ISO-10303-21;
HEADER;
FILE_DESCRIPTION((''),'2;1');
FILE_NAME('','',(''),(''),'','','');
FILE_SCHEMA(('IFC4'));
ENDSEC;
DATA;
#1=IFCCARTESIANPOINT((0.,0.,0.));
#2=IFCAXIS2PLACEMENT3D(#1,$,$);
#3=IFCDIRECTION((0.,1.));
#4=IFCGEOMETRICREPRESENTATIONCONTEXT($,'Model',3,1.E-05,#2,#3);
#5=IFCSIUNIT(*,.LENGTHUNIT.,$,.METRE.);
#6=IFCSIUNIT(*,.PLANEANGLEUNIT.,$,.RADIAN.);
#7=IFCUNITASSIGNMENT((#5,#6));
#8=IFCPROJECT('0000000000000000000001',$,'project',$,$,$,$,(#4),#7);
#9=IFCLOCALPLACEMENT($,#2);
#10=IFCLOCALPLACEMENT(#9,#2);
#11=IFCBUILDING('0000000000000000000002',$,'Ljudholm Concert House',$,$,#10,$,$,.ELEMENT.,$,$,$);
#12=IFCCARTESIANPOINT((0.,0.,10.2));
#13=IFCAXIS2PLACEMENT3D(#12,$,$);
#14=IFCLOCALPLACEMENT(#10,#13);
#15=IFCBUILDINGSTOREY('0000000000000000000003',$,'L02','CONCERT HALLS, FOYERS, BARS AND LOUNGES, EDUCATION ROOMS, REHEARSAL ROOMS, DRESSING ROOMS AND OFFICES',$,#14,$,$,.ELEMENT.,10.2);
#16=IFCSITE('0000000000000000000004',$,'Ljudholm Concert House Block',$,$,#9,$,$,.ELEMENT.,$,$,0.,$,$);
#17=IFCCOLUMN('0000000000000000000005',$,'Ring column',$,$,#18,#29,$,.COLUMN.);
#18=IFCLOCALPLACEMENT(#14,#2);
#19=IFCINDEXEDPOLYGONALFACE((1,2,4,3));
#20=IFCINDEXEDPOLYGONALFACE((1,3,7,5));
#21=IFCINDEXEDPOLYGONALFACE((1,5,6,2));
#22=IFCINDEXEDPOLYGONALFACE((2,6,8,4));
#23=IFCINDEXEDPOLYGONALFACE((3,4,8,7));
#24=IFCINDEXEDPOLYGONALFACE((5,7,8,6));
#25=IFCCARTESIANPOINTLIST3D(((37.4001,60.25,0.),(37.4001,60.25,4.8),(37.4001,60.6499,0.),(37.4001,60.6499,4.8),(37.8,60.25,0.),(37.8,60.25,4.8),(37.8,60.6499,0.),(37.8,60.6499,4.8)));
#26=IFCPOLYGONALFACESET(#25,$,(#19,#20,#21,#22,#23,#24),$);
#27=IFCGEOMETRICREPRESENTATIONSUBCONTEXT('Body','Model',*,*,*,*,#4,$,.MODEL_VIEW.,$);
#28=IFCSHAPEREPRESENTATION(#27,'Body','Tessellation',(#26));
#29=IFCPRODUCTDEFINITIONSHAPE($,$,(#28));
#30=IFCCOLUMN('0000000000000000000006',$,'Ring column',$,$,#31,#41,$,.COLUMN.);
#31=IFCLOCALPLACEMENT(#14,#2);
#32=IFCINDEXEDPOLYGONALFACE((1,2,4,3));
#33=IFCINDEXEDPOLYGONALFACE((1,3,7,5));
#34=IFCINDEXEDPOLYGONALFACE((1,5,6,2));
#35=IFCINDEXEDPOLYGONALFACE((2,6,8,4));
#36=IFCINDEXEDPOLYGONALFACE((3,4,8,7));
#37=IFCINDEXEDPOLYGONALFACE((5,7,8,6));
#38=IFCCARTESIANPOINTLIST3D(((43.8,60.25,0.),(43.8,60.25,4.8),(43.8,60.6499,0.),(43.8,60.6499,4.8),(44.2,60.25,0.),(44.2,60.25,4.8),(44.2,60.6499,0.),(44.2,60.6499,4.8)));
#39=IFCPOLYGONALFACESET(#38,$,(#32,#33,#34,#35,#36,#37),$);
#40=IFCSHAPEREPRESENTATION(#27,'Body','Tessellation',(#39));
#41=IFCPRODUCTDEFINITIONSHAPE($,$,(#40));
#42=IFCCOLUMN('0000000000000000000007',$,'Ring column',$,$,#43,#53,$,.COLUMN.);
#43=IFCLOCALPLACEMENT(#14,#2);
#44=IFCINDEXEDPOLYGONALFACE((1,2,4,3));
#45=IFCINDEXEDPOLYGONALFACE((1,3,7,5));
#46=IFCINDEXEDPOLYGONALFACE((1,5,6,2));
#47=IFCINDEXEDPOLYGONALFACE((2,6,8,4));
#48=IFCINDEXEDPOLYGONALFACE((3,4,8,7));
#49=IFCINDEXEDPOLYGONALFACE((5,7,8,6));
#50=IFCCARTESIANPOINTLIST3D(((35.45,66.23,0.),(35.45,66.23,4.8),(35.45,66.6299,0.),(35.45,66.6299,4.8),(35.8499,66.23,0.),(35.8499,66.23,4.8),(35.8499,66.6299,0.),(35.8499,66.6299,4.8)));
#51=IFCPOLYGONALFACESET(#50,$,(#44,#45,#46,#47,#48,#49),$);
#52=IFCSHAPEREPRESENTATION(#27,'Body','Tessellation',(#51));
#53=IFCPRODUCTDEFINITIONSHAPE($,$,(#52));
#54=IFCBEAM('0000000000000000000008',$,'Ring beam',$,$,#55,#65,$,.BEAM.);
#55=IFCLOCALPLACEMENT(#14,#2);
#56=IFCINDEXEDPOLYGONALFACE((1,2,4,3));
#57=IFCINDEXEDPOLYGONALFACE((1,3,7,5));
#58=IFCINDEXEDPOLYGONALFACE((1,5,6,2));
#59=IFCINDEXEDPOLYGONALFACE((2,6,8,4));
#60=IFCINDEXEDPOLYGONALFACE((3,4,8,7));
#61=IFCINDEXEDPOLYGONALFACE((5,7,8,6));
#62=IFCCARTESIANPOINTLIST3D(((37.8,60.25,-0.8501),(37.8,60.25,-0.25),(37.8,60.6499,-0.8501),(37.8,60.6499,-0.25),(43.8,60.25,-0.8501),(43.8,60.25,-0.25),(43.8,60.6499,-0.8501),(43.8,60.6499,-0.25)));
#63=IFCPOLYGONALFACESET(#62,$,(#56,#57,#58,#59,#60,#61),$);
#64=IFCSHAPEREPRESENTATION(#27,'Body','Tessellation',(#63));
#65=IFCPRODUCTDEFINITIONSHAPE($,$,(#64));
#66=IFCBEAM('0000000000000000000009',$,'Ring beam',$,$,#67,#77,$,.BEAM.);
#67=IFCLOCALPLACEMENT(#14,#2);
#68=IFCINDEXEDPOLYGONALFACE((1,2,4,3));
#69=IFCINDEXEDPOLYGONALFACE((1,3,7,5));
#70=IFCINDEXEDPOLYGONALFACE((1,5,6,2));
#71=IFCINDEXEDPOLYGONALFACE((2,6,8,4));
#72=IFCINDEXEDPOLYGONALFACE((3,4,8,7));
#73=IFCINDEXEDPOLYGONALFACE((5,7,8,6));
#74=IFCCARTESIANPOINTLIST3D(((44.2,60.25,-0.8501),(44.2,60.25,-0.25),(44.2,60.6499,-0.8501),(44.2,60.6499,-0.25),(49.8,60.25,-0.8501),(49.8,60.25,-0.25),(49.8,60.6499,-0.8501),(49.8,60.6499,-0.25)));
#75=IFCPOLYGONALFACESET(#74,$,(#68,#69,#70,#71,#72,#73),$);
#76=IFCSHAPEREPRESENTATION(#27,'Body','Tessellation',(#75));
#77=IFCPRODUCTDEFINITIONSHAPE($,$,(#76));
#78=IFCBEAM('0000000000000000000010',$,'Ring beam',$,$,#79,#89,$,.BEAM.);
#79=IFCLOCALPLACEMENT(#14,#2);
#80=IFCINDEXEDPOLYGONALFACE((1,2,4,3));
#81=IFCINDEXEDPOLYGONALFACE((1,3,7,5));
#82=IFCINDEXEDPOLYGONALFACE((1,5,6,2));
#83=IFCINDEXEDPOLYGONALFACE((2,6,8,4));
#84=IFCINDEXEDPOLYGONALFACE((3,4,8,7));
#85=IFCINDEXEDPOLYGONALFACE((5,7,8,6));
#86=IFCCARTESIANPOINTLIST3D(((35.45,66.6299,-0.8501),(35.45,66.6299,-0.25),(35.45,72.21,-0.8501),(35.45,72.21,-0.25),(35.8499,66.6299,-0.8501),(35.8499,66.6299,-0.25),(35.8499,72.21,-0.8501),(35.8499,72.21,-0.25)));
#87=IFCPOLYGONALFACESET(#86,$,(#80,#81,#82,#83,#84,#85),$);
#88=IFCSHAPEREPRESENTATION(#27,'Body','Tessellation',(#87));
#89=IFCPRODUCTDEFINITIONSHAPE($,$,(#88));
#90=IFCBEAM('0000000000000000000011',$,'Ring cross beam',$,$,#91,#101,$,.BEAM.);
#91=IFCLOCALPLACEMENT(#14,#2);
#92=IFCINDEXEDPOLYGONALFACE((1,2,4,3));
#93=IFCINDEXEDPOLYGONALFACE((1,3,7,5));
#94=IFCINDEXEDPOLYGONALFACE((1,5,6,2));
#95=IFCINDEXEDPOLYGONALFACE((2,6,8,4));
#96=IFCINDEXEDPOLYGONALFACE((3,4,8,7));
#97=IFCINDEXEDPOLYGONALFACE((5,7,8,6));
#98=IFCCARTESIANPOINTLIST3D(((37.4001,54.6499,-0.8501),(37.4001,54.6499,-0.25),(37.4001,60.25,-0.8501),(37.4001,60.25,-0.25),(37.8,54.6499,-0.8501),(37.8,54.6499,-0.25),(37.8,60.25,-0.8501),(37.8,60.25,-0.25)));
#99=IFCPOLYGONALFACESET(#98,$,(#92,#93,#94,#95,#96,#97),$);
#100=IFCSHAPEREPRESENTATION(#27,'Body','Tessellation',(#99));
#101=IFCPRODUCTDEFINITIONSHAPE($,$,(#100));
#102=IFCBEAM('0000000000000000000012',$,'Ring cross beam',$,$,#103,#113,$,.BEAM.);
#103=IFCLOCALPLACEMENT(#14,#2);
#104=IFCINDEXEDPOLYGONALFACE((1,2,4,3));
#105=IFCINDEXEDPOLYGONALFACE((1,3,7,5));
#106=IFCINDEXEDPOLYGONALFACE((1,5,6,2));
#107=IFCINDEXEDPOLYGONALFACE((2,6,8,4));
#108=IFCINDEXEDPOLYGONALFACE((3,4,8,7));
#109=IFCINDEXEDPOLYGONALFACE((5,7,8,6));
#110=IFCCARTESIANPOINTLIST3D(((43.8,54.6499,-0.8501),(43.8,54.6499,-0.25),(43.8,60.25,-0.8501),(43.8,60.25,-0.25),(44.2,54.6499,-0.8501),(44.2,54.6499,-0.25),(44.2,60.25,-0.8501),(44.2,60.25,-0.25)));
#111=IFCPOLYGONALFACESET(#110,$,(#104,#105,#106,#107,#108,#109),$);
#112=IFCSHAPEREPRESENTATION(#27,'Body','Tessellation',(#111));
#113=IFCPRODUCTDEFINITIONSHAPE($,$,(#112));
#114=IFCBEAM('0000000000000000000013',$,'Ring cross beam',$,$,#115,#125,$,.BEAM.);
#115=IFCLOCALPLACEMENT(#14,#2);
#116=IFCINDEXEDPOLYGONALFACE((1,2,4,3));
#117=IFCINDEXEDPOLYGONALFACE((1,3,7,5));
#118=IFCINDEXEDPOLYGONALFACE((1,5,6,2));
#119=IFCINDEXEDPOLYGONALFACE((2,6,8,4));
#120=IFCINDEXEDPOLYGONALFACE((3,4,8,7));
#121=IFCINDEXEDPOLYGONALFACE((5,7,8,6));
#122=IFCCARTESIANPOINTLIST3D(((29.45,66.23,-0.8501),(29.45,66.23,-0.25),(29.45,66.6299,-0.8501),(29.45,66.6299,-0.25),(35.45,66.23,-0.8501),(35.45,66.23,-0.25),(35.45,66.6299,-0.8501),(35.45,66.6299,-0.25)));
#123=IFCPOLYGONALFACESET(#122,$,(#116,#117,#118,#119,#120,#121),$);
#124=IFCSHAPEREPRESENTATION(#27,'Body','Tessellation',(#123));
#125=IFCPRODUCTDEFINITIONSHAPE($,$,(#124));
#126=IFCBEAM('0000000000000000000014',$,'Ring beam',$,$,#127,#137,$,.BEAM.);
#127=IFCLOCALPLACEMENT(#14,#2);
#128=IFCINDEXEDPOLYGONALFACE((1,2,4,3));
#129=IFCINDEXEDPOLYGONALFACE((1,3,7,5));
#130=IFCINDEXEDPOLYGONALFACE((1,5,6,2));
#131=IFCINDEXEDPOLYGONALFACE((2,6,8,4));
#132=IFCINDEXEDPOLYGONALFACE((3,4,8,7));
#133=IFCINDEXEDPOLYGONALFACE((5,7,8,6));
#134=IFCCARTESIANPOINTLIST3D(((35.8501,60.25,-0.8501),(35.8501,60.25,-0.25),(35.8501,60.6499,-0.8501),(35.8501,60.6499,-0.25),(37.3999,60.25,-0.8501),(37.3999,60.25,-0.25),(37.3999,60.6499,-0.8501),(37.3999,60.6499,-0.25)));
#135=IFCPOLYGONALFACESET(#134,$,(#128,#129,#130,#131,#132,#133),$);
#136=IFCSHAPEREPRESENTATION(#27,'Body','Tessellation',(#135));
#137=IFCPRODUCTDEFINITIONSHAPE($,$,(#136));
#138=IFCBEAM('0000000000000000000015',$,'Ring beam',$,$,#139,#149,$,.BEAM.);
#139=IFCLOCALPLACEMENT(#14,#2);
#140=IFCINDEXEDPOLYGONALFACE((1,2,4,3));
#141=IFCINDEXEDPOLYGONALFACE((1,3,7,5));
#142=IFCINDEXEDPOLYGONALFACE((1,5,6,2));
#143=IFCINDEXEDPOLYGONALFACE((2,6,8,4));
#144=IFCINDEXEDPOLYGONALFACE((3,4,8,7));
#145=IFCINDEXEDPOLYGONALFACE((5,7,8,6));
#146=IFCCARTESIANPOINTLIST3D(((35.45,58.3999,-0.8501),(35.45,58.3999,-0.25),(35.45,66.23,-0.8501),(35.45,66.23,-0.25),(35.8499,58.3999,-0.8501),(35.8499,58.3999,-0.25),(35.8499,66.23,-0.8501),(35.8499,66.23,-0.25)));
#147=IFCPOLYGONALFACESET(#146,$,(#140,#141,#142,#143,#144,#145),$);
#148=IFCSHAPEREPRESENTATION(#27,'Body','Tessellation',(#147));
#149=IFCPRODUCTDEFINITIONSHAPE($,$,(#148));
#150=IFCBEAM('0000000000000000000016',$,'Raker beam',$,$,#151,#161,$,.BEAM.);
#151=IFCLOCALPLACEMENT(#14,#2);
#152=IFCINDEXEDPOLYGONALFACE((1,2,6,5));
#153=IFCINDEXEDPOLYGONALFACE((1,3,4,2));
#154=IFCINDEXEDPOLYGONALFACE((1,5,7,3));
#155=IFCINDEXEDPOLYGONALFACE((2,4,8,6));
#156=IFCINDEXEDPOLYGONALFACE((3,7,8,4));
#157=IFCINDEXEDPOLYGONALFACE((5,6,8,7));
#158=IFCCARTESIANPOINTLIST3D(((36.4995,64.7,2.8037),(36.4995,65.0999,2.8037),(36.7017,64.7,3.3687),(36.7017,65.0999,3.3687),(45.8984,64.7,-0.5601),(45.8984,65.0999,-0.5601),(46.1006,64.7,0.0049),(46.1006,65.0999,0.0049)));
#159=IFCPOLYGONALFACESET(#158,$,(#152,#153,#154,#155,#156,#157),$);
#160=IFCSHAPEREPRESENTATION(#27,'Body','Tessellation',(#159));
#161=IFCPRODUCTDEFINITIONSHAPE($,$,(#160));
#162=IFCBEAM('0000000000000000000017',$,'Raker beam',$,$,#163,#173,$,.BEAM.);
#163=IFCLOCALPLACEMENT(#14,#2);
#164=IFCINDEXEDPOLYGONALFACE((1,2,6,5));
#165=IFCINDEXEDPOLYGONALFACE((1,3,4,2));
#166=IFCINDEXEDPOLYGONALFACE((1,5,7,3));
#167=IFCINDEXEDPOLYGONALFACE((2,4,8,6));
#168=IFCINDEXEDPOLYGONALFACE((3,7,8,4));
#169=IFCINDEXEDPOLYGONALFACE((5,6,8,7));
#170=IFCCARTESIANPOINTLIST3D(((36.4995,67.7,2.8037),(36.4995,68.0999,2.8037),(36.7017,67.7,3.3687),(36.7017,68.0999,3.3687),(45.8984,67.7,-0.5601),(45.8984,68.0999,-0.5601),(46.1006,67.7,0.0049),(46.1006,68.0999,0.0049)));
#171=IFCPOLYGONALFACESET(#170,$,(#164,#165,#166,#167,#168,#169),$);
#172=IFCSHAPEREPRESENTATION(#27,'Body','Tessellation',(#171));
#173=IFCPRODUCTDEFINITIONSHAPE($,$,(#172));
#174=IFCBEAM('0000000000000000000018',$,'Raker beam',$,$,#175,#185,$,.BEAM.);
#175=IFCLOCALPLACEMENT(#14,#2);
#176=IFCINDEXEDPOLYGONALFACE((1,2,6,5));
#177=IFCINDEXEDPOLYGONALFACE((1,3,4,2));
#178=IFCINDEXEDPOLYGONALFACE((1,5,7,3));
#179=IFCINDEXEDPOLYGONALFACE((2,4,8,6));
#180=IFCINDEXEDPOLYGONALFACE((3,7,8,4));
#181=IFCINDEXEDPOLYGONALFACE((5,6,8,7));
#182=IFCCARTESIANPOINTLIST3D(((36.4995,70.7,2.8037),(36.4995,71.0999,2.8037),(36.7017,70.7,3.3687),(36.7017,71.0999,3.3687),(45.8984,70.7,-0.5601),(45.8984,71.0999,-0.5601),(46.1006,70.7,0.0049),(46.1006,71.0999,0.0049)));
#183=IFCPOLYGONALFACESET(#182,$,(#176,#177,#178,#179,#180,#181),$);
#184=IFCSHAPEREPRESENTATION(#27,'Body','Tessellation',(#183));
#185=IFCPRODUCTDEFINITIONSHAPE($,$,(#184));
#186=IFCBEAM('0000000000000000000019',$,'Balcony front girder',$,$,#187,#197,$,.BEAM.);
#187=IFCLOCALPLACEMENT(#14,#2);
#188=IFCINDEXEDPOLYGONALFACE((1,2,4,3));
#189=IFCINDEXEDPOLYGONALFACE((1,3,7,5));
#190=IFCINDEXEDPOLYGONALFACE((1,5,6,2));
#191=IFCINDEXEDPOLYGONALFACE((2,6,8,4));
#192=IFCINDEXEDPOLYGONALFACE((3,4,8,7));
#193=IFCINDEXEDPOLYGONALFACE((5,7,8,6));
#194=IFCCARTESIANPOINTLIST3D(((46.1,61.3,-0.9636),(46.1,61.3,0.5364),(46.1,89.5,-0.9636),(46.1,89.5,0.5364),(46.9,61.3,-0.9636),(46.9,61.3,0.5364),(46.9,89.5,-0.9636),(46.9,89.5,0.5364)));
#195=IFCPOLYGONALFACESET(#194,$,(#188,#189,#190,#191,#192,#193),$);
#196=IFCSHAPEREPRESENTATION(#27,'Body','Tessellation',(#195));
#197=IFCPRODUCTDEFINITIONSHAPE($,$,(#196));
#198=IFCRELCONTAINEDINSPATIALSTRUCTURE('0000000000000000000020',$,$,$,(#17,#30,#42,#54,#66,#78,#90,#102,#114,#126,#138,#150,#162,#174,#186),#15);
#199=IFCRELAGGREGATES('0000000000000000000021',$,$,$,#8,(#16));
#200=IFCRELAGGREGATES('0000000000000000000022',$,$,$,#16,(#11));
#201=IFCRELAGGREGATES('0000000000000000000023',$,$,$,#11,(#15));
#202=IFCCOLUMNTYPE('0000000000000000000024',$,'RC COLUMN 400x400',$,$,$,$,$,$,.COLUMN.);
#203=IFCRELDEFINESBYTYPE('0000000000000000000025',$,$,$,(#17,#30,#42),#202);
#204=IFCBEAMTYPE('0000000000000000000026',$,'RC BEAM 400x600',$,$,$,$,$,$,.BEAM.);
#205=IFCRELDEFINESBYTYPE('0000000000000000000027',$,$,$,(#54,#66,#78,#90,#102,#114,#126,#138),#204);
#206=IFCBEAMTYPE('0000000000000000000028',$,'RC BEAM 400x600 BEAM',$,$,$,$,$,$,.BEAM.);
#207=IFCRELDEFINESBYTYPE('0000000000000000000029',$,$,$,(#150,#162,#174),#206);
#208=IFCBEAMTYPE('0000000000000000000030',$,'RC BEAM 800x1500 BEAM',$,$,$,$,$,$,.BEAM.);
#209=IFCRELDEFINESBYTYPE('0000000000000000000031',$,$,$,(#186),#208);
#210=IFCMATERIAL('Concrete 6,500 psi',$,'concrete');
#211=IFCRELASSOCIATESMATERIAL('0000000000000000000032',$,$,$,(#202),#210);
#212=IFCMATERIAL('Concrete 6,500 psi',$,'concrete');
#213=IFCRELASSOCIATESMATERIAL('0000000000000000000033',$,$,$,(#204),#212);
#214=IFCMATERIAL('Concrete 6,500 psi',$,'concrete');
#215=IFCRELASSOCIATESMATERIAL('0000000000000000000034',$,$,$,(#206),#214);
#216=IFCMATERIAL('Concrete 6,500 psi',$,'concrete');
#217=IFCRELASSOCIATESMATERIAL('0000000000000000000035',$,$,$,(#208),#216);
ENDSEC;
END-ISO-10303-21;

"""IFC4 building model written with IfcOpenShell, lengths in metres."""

from ifc_helpers import new_model, si_unit, direction, frame, origin, origin_2d, place, context, subcontext, project, spatial, rectangle, extrude, material, material_profile, profile_set, type_object, element, save


model = new_model("IFC4")

# Units and contexts
model_context = context("Model", 3, precision=1e-05, world=origin(), true_north=direction((0.0, 1.0)))
body_context = subcontext(model_context, "Body", "Model", "MODEL_VIEW")
ifc_project = project(units=[si_unit("LENGTHUNIT", "METRE"), si_unit("PLANEANGLEUNIT", "RADIAN")], contexts=[model_context])

# Site, building, storey
site_placement = place(None, origin())
site = spatial("IfcSite", under=ifc_project, at=site_placement, Name="Ljudholm Concert House Block", CompositionType="ELEMENT", RefElevation=0.0)
building_placement = place(site_placement, origin())
building = spatial("IfcBuilding", under=site, at=building_placement, Name="Ljudholm Concert House", CompositionType="ELEMENT")
storey_placement = place(building_placement, frame((0.0, 0.0, 10.2)))
storey = spatial("IfcBuildingStorey", under=building, at=storey_placement, Name="L02", Description="CONCERT HALLS, FOYERS, BARS AND LOUNGES, EDUCATION ROOMS, REHEARSAL ROOMS, DRESSING ROOMS AND OFFICES", CompositionType="ELEMENT", Elevation=10.2)

# Columns
ifc_material_1 = material(Name="Concrete 6,500 psi", Category="concrete")
ifc_material_profile_1 = material_profile(ifc_material_1, rectangle(XDim=0.3999, YDim=0.3999, at=origin_2d()), Name="RC COLUMN 400x400")
ifc_profile_set_1 = profile_set([ifc_material_profile_1], Name="Concrete 6,500 psi")
column_type = type_object("IfcColumnType", Name="RC COLUMN 400x400", PredefinedType="COLUMN", material=ifc_profile_set_1)
for number, where, z_axis, x_axis, name in (
    (1, (37.6001, 60.45, 0.0), (0.0, 0.0, 1.0), (1.0, 0.0, 0.0), "Ring column"),
    (2, (44.0, 60.45, 0.0), (0.0, 0.0, 1.0), (1.0, 0.0, 0.0), "Ring column"),
    (3, (35.6499, 66.4299, 0.0), (0.0, 0.0, 1.0), (1.0, 0.0, 0.0), "Ring column"),
):
    element("IfcColumn", number, at=place(storey_placement, frame(where, z_axis=z_axis, x_axis=x_axis)), inside=storey, type_object=column_type, Name=name, PredefinedType="COLUMN", context=body_context, shape_type="SweptSolid", body=[
        extrude(rectangle(XDim=0.3999, YDim=0.3999, at=origin_2d()), origin(), (0.0, 0.0, 1.0), 4.8),
    ])

# Beams
ifc_material_2 = material(Name="Concrete 6,500 psi", Category="concrete")
ifc_material_profile_2 = material_profile(ifc_material_2, rectangle(XDim=0.3999, YDim=0.6001, at=origin_2d()), Name="RC BEAM 400x600")
ifc_profile_set_2 = profile_set([ifc_material_profile_2], Name="Concrete 6,500 psi")
beam_type_1 = type_object("IfcBeamType", Name="RC BEAM 400x600", PredefinedType="BEAM", material=ifc_profile_set_2)
beam_1_placement = place(storey_placement, frame((37.8, 60.45, -0.55), z_axis=(1.0, 0.0, 0.0), x_axis=(0.0, 1.0, 0.0)))
element("IfcBeam", 4, at=beam_1_placement, inside=storey, type_object=beam_type_1, Name="Ring beam", PredefinedType="BEAM", context=body_context, shape_type="SweptSolid", body=[
    extrude(rectangle(XDim=0.3999, YDim=0.6001, at=origin_2d()), origin(), (0.0, 0.0, 1.0), 6.0),
])
beam_2_placement = place(storey_placement, frame((44.2, 60.45, -0.55), z_axis=(1.0, 0.0, 0.0), x_axis=(0.0, 1.0, 0.0)))
element("IfcBeam", 5, at=beam_2_placement, inside=storey, type_object=beam_type_1, Name="Ring beam", PredefinedType="BEAM", context=body_context, shape_type="SweptSolid", body=[
    extrude(rectangle(XDim=0.3999, YDim=0.6001, at=origin_2d()), origin(), (0.0, 0.0, 1.0), 5.6001),
])
beam_3_placement = place(storey_placement, frame((35.6499, 66.6299, -0.55), z_axis=(0.0, 1.0, 0.0), x_axis=(-1.0, 0.0, 0.0)))
element("IfcBeam", 6, at=beam_3_placement, inside=storey, type_object=beam_type_1, Name="Ring beam", PredefinedType="BEAM", context=body_context, shape_type="SweptSolid", body=[
    extrude(rectangle(XDim=0.3999, YDim=0.6001, at=origin_2d()), origin(), (0.0, 0.0, 1.0), 5.5801),
])
for number, where, z_axis, x_axis, name in (
    (7, (37.6001, 60.25, -0.55), (0.0, -1.0, 0.0), (1.0, 0.0, 0.0), "Ring cross beam"),
    (8, (44.0, 60.25, -0.55), (0.0, -1.0, 0.0), (1.0, 0.0, 0.0), "Ring cross beam"),
):
    element("IfcBeam", number, at=place(storey_placement, frame(where, z_axis=z_axis, x_axis=x_axis)), inside=storey, type_object=beam_type_1, Name=name, PredefinedType="BEAM", context=body_context, shape_type="SweptSolid", body=[
        extrude(rectangle(XDim=0.3999, YDim=0.6001, at=origin_2d()), origin(), (0.0, 0.0, 1.0), 5.6001),
    ])
beam_4_placement = place(storey_placement, frame((35.45, 66.4299, -0.55), z_axis=(-1.0, 0.0, 0.0), x_axis=(0.0, -1.0, 0.0)))
element("IfcBeam", 9, at=beam_4_placement, inside=storey, type_object=beam_type_1, Name="Ring cross beam", PredefinedType="BEAM", context=body_context, shape_type="SweptSolid", body=[
    extrude(rectangle(XDim=0.3999, YDim=0.6001, at=origin_2d()), origin(), (0.0, 0.0, 1.0), 6.0),
])
beam_5_placement = place(storey_placement, frame((35.8501, 60.45, -0.55), z_axis=(1.0, 0.0, 0.0), x_axis=(0.0, 1.0, 0.0)))
element("IfcBeam", 10, at=beam_5_placement, inside=storey, type_object=beam_type_1, Name="Ring beam", PredefinedType="BEAM", context=body_context, shape_type="SweptSolid", body=[
    extrude(rectangle(XDim=0.3999, YDim=0.6001, at=origin_2d()), origin(), (0.0, 0.0, 1.0), 1.5498),
])
beam_6_placement = place(storey_placement, frame((35.6499, 58.3999, -0.55), z_axis=(0.0, 1.0, 0.0), x_axis=(-1.0, 0.0, 0.0)))
element("IfcBeam", 11, at=beam_6_placement, inside=storey, type_object=beam_type_1, Name="Ring beam", PredefinedType="BEAM", context=body_context, shape_type="SweptSolid", body=[
    extrude(rectangle(XDim=0.3999, YDim=0.6001, at=origin_2d()), origin(), (0.0, 0.0, 1.0), 7.8301),
])
ifc_material_3 = material(Name="Concrete 6,500 psi", Category="concrete")
ifc_material_profile_3 = material_profile(ifc_material_3, rectangle(XDim=0.3999, YDim=0.6001, at=origin_2d()), Name="RC BEAM 400x600 BEAM")
ifc_profile_set_3 = profile_set([ifc_material_profile_3], Name="Concrete 6,500 psi")
beam_type_2 = type_object("IfcBeamType", Name="RC BEAM 400x600 BEAM", PredefinedType="BEAM", material=ifc_profile_set_3)
for number, where, z_axis, x_axis, name in (
    (12, (36.6006, 64.8999, 3.0862), (0.941519, 0.0, -0.336959), (0.0, 1.0, 0.0), "Raker beam"),
    (13, (36.6006, 67.8999, 3.0862), (0.941519, 0.0, -0.336959), (0.0, 1.0, 0.0), "Raker beam"),
    (14, (36.6006, 70.8999, 3.0862), (0.941519, 0.0, -0.336959), (0.0, 1.0, 0.0), "Raker beam"),
):
    element("IfcBeam", number, at=place(storey_placement, frame(where, z_axis=z_axis, x_axis=x_axis)), inside=storey, type_object=beam_type_2, Name=name, PredefinedType="BEAM", context=body_context, shape_type="SweptSolid", body=[
        extrude(rectangle(XDim=0.3999, YDim=0.6001, at=origin_2d()), origin(), (0.0, 0.0, 1.0), 9.9827),
    ])
ifc_material_4 = material(Name="Concrete 6,500 psi", Category="concrete")
ifc_material_profile_4 = material_profile(ifc_material_4, rectangle(XDim=0.8, YDim=1.5, at=origin_2d()), Name="RC BEAM 800x1500 BEAM")
ifc_profile_set_4 = profile_set([ifc_material_profile_4], Name="Concrete 6,500 psi")
beam_type_3 = type_object("IfcBeamType", Name="RC BEAM 800x1500 BEAM", PredefinedType="BEAM", material=ifc_profile_set_4)
beam_7_placement = place(storey_placement, frame((46.5, 61.3, -0.2136), z_axis=(0.0, 1.0, 0.0), x_axis=(-1.0, 0.0, 0.0)))
element("IfcBeam", 15, at=beam_7_placement, inside=storey, type_object=beam_type_3, Name="Balcony front girder", PredefinedType="BEAM", context=body_context, shape_type="SweptSolid", body=[
    extrude(rectangle(XDim=0.8, YDim=1.5, at=origin_2d()), origin(), (0.0, 0.0, 1.0), 28.2),
])

save(model, "model.ifc")
